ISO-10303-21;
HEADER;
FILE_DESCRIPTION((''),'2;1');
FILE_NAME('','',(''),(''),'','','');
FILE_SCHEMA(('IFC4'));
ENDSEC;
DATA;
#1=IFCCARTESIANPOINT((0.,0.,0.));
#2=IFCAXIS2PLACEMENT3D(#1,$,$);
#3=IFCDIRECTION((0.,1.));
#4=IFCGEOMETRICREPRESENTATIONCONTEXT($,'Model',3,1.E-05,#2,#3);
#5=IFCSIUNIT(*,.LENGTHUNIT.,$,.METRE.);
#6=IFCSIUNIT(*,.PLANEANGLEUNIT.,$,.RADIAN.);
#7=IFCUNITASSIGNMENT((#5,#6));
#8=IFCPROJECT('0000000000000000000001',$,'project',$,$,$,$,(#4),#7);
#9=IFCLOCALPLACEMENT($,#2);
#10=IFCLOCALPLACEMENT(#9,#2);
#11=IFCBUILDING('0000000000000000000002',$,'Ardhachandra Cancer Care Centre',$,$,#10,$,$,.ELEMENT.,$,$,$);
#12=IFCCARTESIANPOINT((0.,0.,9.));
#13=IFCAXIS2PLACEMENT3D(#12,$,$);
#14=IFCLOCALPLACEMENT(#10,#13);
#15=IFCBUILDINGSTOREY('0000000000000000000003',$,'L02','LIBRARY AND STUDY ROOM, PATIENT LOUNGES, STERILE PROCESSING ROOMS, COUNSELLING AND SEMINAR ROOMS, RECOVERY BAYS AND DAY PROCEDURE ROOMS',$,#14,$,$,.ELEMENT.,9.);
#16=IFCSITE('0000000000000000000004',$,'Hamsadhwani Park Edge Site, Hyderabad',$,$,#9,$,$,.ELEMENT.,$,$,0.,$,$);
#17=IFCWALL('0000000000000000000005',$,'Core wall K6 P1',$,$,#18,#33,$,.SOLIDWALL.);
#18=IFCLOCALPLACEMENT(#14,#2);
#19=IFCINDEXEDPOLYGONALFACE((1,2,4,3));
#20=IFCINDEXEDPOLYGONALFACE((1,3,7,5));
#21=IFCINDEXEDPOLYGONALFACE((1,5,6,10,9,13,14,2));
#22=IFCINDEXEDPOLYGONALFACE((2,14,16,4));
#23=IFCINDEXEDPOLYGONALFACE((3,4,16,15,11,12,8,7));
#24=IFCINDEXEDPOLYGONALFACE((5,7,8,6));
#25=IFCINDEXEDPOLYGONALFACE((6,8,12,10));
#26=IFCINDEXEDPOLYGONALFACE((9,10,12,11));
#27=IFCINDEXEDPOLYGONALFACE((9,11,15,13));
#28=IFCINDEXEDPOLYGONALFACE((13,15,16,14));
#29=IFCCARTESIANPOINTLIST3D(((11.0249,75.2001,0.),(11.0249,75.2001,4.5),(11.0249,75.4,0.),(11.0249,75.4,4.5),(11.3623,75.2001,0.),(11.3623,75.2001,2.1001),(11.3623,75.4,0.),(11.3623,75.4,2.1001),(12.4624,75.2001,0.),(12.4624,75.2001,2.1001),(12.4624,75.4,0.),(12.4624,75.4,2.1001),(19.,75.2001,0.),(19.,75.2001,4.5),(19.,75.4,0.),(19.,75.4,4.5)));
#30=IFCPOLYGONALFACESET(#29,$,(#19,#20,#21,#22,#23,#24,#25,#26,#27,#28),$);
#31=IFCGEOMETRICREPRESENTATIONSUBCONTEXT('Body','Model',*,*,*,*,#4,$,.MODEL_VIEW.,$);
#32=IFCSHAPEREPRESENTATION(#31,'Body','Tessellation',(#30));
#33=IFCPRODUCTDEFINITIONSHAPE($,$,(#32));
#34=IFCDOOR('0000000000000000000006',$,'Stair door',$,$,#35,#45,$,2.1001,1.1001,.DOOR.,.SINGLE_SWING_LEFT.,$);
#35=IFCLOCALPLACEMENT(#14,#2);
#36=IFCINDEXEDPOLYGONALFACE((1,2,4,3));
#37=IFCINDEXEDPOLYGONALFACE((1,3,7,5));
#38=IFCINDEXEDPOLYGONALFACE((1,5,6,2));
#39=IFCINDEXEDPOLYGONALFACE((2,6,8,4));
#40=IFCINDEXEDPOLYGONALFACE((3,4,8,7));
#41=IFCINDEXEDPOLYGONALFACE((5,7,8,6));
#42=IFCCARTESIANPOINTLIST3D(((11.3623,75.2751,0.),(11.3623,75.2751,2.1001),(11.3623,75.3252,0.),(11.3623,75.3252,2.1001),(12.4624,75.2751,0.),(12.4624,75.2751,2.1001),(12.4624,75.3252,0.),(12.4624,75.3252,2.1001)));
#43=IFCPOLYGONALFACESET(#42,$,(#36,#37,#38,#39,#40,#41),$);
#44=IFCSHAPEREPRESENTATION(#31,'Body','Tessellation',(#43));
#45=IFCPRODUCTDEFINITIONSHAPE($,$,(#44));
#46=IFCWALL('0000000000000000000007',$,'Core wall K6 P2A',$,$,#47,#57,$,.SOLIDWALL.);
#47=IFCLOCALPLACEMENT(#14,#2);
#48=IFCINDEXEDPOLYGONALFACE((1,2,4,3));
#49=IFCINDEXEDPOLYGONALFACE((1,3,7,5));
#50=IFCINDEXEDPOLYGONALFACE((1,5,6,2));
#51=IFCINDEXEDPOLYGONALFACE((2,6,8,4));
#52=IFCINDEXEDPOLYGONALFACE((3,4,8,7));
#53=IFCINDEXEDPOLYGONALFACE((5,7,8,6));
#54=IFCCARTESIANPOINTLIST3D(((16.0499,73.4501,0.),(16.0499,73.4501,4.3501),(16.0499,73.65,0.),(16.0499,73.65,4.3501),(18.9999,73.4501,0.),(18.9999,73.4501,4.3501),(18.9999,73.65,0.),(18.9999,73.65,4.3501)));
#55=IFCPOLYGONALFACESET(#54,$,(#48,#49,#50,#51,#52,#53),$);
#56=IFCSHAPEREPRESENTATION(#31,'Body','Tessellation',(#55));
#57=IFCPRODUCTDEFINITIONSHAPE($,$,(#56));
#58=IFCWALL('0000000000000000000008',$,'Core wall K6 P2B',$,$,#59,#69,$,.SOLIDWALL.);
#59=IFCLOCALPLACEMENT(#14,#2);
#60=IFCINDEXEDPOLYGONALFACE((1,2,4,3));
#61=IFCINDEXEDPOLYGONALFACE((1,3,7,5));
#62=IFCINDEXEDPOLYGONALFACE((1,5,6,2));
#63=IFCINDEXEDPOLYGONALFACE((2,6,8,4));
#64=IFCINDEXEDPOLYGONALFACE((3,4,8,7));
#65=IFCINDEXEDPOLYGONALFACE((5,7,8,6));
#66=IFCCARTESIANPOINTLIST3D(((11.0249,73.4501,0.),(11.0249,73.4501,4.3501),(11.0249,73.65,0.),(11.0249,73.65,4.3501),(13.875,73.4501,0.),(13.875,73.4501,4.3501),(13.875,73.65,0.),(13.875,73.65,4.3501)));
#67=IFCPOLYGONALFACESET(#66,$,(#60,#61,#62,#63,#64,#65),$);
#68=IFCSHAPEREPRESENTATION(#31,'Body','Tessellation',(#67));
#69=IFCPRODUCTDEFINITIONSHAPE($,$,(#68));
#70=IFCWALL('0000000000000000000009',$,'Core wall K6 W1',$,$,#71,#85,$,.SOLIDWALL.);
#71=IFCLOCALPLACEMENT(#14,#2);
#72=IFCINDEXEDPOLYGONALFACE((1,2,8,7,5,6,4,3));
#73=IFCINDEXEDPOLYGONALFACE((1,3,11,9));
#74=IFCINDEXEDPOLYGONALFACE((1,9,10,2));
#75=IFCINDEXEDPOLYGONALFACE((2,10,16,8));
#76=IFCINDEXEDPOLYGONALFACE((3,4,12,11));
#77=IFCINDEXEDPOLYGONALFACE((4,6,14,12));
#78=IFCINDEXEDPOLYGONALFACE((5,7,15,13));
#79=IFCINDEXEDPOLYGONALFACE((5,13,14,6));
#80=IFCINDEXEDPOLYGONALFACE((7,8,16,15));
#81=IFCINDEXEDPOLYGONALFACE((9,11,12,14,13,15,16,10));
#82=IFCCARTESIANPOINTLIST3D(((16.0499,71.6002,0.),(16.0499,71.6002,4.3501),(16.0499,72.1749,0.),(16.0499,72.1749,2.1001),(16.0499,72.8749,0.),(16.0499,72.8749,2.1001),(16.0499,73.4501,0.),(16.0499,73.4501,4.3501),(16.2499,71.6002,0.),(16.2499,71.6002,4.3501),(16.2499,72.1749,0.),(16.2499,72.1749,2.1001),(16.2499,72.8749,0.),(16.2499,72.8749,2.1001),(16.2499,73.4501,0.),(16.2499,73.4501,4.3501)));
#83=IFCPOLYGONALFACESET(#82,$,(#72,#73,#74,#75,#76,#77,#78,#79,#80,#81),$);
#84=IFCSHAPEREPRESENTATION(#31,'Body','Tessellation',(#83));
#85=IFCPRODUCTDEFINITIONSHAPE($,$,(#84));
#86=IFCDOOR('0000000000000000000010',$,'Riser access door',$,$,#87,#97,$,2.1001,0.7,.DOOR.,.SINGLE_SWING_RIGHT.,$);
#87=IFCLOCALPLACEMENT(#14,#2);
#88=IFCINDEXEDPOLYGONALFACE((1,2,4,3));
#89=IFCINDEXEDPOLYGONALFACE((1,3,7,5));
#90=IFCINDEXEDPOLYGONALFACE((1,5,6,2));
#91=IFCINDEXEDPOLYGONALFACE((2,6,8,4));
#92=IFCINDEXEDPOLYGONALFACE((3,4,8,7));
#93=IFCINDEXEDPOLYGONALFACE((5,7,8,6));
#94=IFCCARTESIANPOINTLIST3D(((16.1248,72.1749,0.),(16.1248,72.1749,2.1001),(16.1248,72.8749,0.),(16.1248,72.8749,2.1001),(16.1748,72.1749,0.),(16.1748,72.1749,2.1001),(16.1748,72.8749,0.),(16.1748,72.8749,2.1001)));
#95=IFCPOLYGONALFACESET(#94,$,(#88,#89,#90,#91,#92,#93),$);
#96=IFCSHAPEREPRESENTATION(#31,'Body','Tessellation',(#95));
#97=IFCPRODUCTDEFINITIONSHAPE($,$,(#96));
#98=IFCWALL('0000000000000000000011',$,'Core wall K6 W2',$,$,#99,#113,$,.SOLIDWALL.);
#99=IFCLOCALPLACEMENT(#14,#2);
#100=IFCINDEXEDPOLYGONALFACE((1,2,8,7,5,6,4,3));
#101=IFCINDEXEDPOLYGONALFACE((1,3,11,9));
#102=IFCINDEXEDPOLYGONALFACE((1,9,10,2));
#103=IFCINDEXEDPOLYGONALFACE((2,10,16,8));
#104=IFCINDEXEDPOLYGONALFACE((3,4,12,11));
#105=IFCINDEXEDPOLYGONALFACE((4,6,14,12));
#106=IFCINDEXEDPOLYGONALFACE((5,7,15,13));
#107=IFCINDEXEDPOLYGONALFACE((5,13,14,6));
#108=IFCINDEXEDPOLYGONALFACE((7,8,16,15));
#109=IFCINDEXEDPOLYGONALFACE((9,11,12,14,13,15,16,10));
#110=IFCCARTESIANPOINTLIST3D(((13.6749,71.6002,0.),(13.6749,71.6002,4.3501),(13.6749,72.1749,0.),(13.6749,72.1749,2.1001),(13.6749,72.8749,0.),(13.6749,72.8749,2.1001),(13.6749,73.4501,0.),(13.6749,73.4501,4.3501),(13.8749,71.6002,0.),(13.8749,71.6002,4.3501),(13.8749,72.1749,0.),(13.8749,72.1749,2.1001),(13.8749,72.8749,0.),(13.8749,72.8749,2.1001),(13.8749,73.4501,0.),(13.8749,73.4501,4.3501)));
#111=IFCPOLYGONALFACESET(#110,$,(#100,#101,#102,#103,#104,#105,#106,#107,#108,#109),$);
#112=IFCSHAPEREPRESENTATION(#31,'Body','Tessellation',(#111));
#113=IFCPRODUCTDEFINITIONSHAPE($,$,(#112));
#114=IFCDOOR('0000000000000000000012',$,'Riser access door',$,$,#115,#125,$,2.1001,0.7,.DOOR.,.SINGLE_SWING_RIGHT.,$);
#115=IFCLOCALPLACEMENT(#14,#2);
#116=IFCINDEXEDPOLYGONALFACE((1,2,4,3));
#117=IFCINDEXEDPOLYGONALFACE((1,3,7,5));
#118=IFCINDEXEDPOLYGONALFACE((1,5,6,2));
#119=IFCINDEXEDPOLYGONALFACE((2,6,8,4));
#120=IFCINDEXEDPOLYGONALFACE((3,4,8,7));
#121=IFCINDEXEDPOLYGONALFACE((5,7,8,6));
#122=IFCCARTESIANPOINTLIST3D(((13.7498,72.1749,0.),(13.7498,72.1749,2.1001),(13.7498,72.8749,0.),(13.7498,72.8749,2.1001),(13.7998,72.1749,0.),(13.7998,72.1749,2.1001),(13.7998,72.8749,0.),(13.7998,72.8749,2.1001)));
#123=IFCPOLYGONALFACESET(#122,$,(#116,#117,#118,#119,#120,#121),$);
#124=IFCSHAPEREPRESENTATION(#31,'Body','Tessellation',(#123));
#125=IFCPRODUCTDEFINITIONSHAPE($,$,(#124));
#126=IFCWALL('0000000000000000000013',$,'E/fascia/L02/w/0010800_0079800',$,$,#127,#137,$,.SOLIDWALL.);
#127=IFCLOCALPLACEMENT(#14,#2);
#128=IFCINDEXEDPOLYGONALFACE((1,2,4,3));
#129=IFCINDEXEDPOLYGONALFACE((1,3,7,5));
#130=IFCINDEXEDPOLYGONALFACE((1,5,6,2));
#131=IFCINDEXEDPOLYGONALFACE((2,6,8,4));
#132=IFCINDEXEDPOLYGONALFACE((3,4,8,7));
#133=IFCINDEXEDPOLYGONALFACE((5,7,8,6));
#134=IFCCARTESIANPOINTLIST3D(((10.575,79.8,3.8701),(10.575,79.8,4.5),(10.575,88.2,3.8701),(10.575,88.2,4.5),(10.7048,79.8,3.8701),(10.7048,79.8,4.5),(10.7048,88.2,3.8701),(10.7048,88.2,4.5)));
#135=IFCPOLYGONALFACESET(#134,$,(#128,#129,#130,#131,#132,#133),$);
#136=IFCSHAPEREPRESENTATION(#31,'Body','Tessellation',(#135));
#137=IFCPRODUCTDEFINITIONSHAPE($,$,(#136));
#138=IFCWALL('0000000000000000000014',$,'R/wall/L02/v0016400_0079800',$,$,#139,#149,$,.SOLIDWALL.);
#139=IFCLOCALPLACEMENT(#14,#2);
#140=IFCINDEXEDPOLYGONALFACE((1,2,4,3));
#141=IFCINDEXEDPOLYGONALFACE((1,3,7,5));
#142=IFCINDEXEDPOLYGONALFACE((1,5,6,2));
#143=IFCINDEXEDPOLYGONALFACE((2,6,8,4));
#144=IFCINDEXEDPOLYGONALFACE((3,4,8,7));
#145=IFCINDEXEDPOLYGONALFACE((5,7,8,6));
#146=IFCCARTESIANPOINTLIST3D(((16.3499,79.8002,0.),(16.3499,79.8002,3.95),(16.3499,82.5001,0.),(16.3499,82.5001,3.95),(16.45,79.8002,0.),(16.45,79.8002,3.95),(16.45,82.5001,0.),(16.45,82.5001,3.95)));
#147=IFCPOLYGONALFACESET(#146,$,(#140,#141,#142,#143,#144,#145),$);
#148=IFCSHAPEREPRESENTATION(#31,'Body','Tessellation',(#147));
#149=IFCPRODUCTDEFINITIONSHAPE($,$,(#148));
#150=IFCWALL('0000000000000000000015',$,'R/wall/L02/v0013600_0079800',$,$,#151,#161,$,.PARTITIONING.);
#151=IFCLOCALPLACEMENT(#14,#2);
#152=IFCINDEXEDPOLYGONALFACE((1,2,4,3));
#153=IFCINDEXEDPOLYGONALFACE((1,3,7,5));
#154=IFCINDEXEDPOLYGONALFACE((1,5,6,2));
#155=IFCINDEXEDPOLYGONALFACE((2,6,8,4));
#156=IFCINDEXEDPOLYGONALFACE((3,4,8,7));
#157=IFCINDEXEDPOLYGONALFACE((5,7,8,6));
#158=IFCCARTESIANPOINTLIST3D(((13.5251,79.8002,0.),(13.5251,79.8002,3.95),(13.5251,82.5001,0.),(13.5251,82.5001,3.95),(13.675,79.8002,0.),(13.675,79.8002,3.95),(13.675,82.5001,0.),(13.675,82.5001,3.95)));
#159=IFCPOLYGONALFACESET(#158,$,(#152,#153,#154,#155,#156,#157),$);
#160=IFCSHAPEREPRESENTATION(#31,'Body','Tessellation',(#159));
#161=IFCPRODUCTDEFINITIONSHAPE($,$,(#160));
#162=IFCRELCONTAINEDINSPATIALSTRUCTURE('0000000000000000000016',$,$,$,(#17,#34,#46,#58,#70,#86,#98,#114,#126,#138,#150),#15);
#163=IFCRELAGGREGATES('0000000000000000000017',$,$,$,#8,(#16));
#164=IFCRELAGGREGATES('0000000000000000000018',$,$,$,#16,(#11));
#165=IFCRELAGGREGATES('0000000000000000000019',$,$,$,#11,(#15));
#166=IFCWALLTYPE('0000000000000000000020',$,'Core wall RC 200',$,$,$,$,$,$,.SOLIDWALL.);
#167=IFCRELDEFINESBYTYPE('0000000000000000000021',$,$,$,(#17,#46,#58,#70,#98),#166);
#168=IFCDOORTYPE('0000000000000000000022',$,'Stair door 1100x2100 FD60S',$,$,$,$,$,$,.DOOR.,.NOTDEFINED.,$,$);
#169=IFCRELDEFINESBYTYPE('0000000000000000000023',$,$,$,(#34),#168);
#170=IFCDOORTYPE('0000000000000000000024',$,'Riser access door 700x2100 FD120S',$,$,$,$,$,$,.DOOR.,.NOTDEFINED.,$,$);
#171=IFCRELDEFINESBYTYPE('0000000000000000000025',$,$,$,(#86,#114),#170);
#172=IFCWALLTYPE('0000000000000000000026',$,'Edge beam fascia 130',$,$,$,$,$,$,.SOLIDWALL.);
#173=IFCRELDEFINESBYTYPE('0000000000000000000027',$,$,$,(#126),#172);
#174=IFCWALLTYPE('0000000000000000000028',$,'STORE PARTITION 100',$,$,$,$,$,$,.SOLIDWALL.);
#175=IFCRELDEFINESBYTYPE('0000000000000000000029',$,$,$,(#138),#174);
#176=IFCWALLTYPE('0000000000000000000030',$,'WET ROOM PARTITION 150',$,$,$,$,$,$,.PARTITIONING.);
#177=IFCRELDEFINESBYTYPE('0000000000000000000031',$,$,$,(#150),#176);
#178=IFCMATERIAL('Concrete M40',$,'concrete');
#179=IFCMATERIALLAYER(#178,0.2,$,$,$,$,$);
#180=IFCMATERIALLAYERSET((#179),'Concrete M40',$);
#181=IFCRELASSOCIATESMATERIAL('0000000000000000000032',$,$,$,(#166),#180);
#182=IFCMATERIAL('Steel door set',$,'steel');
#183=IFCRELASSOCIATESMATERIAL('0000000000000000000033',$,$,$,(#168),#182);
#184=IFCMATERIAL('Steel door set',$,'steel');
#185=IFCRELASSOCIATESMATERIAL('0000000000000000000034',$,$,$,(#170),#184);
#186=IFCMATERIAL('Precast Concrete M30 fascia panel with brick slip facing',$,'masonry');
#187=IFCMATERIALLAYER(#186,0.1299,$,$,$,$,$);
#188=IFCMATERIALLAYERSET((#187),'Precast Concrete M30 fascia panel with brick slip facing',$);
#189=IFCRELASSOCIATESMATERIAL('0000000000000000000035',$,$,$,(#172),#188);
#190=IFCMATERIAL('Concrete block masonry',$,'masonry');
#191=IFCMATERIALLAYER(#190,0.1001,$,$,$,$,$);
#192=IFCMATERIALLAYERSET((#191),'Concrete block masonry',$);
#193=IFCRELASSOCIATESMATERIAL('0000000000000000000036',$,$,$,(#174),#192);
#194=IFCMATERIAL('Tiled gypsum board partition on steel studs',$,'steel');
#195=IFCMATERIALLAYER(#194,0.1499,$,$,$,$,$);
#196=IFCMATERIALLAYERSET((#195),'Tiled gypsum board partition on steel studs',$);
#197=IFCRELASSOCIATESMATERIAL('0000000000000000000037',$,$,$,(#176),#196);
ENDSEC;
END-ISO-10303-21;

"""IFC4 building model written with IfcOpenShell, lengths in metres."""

from ifc_helpers import new_model, si_unit, direction, frame, frame_2d, origin, place, context, subcontext, project, spatial, rectangle, extrude, material, layer, layer_set, type_object, element, fill, save


model = new_model("IFC4")

# Units and contexts
model_context = context("Model", 3, precision=1e-05, world=origin(), true_north=direction((0.0, 1.0)))
body_context = subcontext(model_context, "Body", "Model", "MODEL_VIEW")
ifc_project = project(units=[si_unit("LENGTHUNIT", "METRE"), si_unit("PLANEANGLEUNIT", "RADIAN")], contexts=[model_context])

# Site, building, storey
site_placement = place(None, origin())
site = spatial("IfcSite", under=ifc_project, at=site_placement, Name="Hamsadhwani Park Edge Site, Hyderabad", CompositionType="ELEMENT", RefElevation=0.0)
building_placement = place(site_placement, origin())
building = spatial("IfcBuilding", under=site, at=building_placement, Name="Ardhachandra Cancer Care Centre", CompositionType="ELEMENT")
storey_placement = place(building_placement, frame((0.0, 0.0, 9.0)))
storey = spatial("IfcBuildingStorey", under=building, at=storey_placement, Name="L02", Description="LIBRARY AND STUDY ROOM, PATIENT LOUNGES, STERILE PROCESSING ROOMS, COUNSELLING AND SEMINAR ROOMS, RECOVERY BAYS AND DAY PROCEDURE ROOMS", CompositionType="ELEMENT", Elevation=9.0)

# Shared definitions
ifc_material_1 = material(Name="Concrete M40", Category="concrete")
ifc_layer_1 = layer(ifc_material_1, 0.2)
ifc_layer_set_1 = layer_set([ifc_layer_1], Name="Concrete M40")
wall_type_1 = type_object("IfcWallType", Name="Core wall RC 200", PredefinedType="SOLIDWALL", material=ifc_layer_set_1)

# Wall, opening, door
wall_1_placement = place(storey_placement, frame((19.0, 75.3, 0.0), z_axis=(0.0, 0.0, 1.0), x_axis=(-1.0, 0.0, 0.0)))
wall_1 = element("IfcWall", 1, at=wall_1_placement, inside=storey, type_object=wall_type_1, Name="Core wall K6 P1", PredefinedType="SOLIDWALL", context=body_context, shape_type="SweptSolid", body=[
    extrude(rectangle(XDim=7.9751, YDim=0.2, at=frame_2d((3.9875, 0.0))), origin(), (0.0, 0.0, 1.0), 4.5),
])
opening_1_placement = place(wall_1_placement, frame((6.5376, 0.0, 0.0)))
opening_1 = element("IfcOpeningElement", 2, at=opening_1_placement, cuts=wall_1, PredefinedType="OPENING", context=body_context, shape_type="SweptSolid", body=[
    extrude(rectangle(XDim=1.1001, YDim=2.1001, at=frame_2d((0.55, 1.05))), frame((0.0, 0.1099, 0.0), z_axis=(0.0, -1.0, 0.0), x_axis=(1.0, 0.0, 0.0)), (0.0, 0.0, 1.0), 0.22),
])
ifc_material_2 = material(Name="Steel door set", Category="steel")
door_type_1 = type_object("IfcDoorType", Name="Stair door 1100x2100 FD60S", OperationType="NOTDEFINED", PredefinedType="DOOR", material=ifc_material_2)
door_1_placement = place(opening_1_placement, origin())
door_1 = element("IfcDoor", 3, at=door_1_placement, inside=storey, type_object=door_type_1, Name="Stair door", OperationType="SINGLE_SWING_LEFT", OverallHeight=2.1001, OverallWidth=1.1001, PredefinedType="DOOR", context=body_context, shape_type="SweptSolid", body=[
    extrude(rectangle(XDim=1.1001, YDim=2.1001, at=frame_2d((0.55, 1.05))), frame((0.0, 0.0249, 0.0), z_axis=(0.0, -1.0, 0.0), x_axis=(1.0, 0.0, 0.0)), (0.0, 0.0, 1.0), 0.05),
])
fill(opening_1, door_1)

# Walls
wall_2_placement = place(storey_placement, frame((19.0, 73.55, 0.0), z_axis=(0.0, 0.0, 1.0), x_axis=(-1.0, 0.0, 0.0)))
element("IfcWall", 4, at=wall_2_placement, inside=storey, type_object=wall_type_1, Name="Core wall K6 P2A", PredefinedType="SOLIDWALL", context=body_context, shape_type="SweptSolid", body=[
    extrude(rectangle(XDim=2.95, YDim=0.2, at=frame_2d((1.4751, 0.0))), origin(), (0.0, 0.0, 1.0), 4.3501),
])
wall_3_placement = place(storey_placement, frame((13.875, 73.55, 0.0), z_axis=(0.0, 0.0, 1.0), x_axis=(-1.0, 0.0, 0.0)))
element("IfcWall", 5, at=wall_3_placement, inside=storey, type_object=wall_type_1, Name="Core wall K6 P2B", PredefinedType="SOLIDWALL", context=body_context, shape_type="SweptSolid", body=[
    extrude(rectangle(XDim=2.8501, YDim=0.2, at=frame_2d((1.425, 0.0))), origin(), (0.0, 0.0, 1.0), 4.3501),
])

# Walls, openings, doors
wall_4_placement = place(storey_placement, frame((16.1499, 73.45, 0.0), z_axis=(0.0, 0.0, 1.0), x_axis=(0.0, -1.0, 0.0)))
wall_4 = element("IfcWall", 6, at=wall_4_placement, inside=storey, type_object=wall_type_1, Name="Core wall K6 W1", PredefinedType="SOLIDWALL", context=body_context, shape_type="SweptSolid", body=[
    extrude(rectangle(XDim=1.8499, YDim=0.2, at=frame_2d((0.9248, 0.0))), origin(), (0.0, 0.0, 1.0), 4.3501),
])
opening_2_placement = place(wall_4_placement, frame((0.575, 0.0, 0.0)))
opening_2 = element("IfcOpeningElement", 7, at=opening_2_placement, cuts=wall_4, PredefinedType="OPENING", context=body_context, shape_type="SweptSolid", body=[
    extrude(rectangle(XDim=0.7, YDim=2.1001, at=frame_2d((0.3501, 1.05))), frame((0.0, 0.1099, 0.0), z_axis=(0.0, -1.0, 0.0), x_axis=(1.0, 0.0, 0.0)), (0.0, 0.0, 1.0), 0.22),
])
ifc_material_3 = material(Name="Steel door set", Category="steel")
door_type_2 = type_object("IfcDoorType", Name="Riser access door 700x2100 FD120S", OperationType="NOTDEFINED", PredefinedType="DOOR", material=ifc_material_3)
door_2_placement = place(opening_2_placement, origin())
door_2 = element("IfcDoor", 8, at=door_2_placement, inside=storey, type_object=door_type_2, Name="Riser access door", OperationType="SINGLE_SWING_RIGHT", OverallHeight=2.1001, OverallWidth=0.7, PredefinedType="DOOR", context=body_context, shape_type="SweptSolid", body=[
    extrude(rectangle(XDim=0.7, YDim=2.1001, at=frame_2d((0.3501, 1.05))), frame((0.0, 0.0249, 0.0), z_axis=(0.0, -1.0, 0.0), x_axis=(1.0, 0.0, 0.0)), (0.0, 0.0, 1.0), 0.05),
])
fill(opening_2, door_2)
wall_5_placement = place(storey_placement, frame((13.7749, 73.45, 0.0), z_axis=(0.0, 0.0, 1.0), x_axis=(0.0, -1.0, 0.0)))
wall_5 = element("IfcWall", 9, at=wall_5_placement, inside=storey, type_object=wall_type_1, Name="Core wall K6 W2", PredefinedType="SOLIDWALL", context=body_context, shape_type="SweptSolid", body=[
    extrude(rectangle(XDim=1.8499, YDim=0.2, at=frame_2d((0.9248, 0.0))), origin(), (0.0, 0.0, 1.0), 4.3501),
])
opening_3_placement = place(wall_5_placement, frame((0.575, 0.0, 0.0)))
opening_3 = element("IfcOpeningElement", 10, at=opening_3_placement, cuts=wall_5, PredefinedType="OPENING", context=body_context, shape_type="SweptSolid", body=[
    extrude(rectangle(XDim=0.7, YDim=2.1001, at=frame_2d((0.3501, 1.05))), frame((0.0, 0.1099, 0.0), z_axis=(0.0, -1.0, 0.0), x_axis=(1.0, 0.0, 0.0)), (0.0, 0.0, 1.0), 0.22),
])
door_3_placement = place(opening_3_placement, origin())
door_3 = element("IfcDoor", 11, at=door_3_placement, inside=storey, type_object=door_type_2, Name="Riser access door", OperationType="SINGLE_SWING_RIGHT", OverallHeight=2.1001, OverallWidth=0.7, PredefinedType="DOOR", context=body_context, shape_type="SweptSolid", body=[
    extrude(rectangle(XDim=0.7, YDim=2.1001, at=frame_2d((0.3501, 1.05))), frame((0.0, 0.0249, 0.0), z_axis=(0.0, -1.0, 0.0), x_axis=(1.0, 0.0, 0.0)), (0.0, 0.0, 1.0), 0.05),
])
fill(opening_3, door_3)

# Walls
ifc_material_4 = material(Name="Precast Concrete M30 fascia panel with brick slip facing", Category="masonry")
ifc_layer_2 = layer(ifc_material_4, 0.1299)
ifc_layer_set_2 = layer_set([ifc_layer_2], Name="Precast Concrete M30 fascia panel with brick slip facing")
wall_type_2 = type_object("IfcWallType", Name="Edge beam fascia 130", PredefinedType="SOLIDWALL", material=ifc_layer_set_2)
wall_6_placement = place(storey_placement, frame((10.6399, 79.8, 3.8701), z_axis=(0.0, 0.0, 1.0), x_axis=(0.0, 1.0, 0.0)))
element("IfcWall", 12, at=wall_6_placement, inside=storey, type_object=wall_type_2, Name="E/fascia/L02/w/0010800_0079800", PredefinedType="SOLIDWALL", context=body_context, shape_type="SweptSolid", body=[
    extrude(rectangle(XDim=8.3999, YDim=0.1299, at=frame_2d((4.2, 0.0))), origin(), (0.0, 0.0, 1.0), 0.6299),
])
ifc_material_5 = material(Name="Concrete block masonry", Category="masonry")
ifc_layer_3 = layer(ifc_material_5, 0.1001)
ifc_layer_set_3 = layer_set([ifc_layer_3], Name="Concrete block masonry")
wall_type_3 = type_object("IfcWallType", Name="STORE PARTITION 100", PredefinedType="SOLIDWALL", material=ifc_layer_set_3)
wall_7_placement = place(storey_placement, frame((16.3999, 79.8, 0.0), z_axis=(0.0, 0.0, 1.0), x_axis=(0.0, 1.0, 0.0)))
element("IfcWall", 13, at=wall_7_placement, inside=storey, type_object=wall_type_3, Name="R/wall/L02/v0016400_0079800", PredefinedType="SOLIDWALL", context=body_context, shape_type="SweptSolid", body=[
    extrude(rectangle(XDim=2.7, YDim=0.1001, at=frame_2d((1.3501, 0.0))), origin(), (0.0, 0.0, 1.0), 3.95),
])
ifc_material_6 = material(Name="Tiled gypsum board partition on steel studs", Category="steel")
ifc_layer_4 = layer(ifc_material_6, 0.1499)
ifc_layer_set_4 = layer_set([ifc_layer_4], Name="Tiled gypsum board partition on steel studs")
wall_type_4 = type_object("IfcWallType", Name="WET ROOM PARTITION 150", PredefinedType="PARTITIONING", material=ifc_layer_set_4)
wall_8_placement = place(storey_placement, frame((13.6001, 79.8, 0.0), z_axis=(0.0, 0.0, 1.0), x_axis=(0.0, 1.0, 0.0)))
element("IfcWall", 14, at=wall_8_placement, inside=storey, type_object=wall_type_4, Name="R/wall/L02/v0013600_0079800", PredefinedType="PARTITIONING", context=body_context, shape_type="SweptSolid", body=[
    extrude(rectangle(XDim=2.7, YDim=0.1499, at=frame_2d((1.3501, 0.0))), origin(), (0.0, 0.0, 1.0), 3.95),
])

save(model, "model.ifc")
